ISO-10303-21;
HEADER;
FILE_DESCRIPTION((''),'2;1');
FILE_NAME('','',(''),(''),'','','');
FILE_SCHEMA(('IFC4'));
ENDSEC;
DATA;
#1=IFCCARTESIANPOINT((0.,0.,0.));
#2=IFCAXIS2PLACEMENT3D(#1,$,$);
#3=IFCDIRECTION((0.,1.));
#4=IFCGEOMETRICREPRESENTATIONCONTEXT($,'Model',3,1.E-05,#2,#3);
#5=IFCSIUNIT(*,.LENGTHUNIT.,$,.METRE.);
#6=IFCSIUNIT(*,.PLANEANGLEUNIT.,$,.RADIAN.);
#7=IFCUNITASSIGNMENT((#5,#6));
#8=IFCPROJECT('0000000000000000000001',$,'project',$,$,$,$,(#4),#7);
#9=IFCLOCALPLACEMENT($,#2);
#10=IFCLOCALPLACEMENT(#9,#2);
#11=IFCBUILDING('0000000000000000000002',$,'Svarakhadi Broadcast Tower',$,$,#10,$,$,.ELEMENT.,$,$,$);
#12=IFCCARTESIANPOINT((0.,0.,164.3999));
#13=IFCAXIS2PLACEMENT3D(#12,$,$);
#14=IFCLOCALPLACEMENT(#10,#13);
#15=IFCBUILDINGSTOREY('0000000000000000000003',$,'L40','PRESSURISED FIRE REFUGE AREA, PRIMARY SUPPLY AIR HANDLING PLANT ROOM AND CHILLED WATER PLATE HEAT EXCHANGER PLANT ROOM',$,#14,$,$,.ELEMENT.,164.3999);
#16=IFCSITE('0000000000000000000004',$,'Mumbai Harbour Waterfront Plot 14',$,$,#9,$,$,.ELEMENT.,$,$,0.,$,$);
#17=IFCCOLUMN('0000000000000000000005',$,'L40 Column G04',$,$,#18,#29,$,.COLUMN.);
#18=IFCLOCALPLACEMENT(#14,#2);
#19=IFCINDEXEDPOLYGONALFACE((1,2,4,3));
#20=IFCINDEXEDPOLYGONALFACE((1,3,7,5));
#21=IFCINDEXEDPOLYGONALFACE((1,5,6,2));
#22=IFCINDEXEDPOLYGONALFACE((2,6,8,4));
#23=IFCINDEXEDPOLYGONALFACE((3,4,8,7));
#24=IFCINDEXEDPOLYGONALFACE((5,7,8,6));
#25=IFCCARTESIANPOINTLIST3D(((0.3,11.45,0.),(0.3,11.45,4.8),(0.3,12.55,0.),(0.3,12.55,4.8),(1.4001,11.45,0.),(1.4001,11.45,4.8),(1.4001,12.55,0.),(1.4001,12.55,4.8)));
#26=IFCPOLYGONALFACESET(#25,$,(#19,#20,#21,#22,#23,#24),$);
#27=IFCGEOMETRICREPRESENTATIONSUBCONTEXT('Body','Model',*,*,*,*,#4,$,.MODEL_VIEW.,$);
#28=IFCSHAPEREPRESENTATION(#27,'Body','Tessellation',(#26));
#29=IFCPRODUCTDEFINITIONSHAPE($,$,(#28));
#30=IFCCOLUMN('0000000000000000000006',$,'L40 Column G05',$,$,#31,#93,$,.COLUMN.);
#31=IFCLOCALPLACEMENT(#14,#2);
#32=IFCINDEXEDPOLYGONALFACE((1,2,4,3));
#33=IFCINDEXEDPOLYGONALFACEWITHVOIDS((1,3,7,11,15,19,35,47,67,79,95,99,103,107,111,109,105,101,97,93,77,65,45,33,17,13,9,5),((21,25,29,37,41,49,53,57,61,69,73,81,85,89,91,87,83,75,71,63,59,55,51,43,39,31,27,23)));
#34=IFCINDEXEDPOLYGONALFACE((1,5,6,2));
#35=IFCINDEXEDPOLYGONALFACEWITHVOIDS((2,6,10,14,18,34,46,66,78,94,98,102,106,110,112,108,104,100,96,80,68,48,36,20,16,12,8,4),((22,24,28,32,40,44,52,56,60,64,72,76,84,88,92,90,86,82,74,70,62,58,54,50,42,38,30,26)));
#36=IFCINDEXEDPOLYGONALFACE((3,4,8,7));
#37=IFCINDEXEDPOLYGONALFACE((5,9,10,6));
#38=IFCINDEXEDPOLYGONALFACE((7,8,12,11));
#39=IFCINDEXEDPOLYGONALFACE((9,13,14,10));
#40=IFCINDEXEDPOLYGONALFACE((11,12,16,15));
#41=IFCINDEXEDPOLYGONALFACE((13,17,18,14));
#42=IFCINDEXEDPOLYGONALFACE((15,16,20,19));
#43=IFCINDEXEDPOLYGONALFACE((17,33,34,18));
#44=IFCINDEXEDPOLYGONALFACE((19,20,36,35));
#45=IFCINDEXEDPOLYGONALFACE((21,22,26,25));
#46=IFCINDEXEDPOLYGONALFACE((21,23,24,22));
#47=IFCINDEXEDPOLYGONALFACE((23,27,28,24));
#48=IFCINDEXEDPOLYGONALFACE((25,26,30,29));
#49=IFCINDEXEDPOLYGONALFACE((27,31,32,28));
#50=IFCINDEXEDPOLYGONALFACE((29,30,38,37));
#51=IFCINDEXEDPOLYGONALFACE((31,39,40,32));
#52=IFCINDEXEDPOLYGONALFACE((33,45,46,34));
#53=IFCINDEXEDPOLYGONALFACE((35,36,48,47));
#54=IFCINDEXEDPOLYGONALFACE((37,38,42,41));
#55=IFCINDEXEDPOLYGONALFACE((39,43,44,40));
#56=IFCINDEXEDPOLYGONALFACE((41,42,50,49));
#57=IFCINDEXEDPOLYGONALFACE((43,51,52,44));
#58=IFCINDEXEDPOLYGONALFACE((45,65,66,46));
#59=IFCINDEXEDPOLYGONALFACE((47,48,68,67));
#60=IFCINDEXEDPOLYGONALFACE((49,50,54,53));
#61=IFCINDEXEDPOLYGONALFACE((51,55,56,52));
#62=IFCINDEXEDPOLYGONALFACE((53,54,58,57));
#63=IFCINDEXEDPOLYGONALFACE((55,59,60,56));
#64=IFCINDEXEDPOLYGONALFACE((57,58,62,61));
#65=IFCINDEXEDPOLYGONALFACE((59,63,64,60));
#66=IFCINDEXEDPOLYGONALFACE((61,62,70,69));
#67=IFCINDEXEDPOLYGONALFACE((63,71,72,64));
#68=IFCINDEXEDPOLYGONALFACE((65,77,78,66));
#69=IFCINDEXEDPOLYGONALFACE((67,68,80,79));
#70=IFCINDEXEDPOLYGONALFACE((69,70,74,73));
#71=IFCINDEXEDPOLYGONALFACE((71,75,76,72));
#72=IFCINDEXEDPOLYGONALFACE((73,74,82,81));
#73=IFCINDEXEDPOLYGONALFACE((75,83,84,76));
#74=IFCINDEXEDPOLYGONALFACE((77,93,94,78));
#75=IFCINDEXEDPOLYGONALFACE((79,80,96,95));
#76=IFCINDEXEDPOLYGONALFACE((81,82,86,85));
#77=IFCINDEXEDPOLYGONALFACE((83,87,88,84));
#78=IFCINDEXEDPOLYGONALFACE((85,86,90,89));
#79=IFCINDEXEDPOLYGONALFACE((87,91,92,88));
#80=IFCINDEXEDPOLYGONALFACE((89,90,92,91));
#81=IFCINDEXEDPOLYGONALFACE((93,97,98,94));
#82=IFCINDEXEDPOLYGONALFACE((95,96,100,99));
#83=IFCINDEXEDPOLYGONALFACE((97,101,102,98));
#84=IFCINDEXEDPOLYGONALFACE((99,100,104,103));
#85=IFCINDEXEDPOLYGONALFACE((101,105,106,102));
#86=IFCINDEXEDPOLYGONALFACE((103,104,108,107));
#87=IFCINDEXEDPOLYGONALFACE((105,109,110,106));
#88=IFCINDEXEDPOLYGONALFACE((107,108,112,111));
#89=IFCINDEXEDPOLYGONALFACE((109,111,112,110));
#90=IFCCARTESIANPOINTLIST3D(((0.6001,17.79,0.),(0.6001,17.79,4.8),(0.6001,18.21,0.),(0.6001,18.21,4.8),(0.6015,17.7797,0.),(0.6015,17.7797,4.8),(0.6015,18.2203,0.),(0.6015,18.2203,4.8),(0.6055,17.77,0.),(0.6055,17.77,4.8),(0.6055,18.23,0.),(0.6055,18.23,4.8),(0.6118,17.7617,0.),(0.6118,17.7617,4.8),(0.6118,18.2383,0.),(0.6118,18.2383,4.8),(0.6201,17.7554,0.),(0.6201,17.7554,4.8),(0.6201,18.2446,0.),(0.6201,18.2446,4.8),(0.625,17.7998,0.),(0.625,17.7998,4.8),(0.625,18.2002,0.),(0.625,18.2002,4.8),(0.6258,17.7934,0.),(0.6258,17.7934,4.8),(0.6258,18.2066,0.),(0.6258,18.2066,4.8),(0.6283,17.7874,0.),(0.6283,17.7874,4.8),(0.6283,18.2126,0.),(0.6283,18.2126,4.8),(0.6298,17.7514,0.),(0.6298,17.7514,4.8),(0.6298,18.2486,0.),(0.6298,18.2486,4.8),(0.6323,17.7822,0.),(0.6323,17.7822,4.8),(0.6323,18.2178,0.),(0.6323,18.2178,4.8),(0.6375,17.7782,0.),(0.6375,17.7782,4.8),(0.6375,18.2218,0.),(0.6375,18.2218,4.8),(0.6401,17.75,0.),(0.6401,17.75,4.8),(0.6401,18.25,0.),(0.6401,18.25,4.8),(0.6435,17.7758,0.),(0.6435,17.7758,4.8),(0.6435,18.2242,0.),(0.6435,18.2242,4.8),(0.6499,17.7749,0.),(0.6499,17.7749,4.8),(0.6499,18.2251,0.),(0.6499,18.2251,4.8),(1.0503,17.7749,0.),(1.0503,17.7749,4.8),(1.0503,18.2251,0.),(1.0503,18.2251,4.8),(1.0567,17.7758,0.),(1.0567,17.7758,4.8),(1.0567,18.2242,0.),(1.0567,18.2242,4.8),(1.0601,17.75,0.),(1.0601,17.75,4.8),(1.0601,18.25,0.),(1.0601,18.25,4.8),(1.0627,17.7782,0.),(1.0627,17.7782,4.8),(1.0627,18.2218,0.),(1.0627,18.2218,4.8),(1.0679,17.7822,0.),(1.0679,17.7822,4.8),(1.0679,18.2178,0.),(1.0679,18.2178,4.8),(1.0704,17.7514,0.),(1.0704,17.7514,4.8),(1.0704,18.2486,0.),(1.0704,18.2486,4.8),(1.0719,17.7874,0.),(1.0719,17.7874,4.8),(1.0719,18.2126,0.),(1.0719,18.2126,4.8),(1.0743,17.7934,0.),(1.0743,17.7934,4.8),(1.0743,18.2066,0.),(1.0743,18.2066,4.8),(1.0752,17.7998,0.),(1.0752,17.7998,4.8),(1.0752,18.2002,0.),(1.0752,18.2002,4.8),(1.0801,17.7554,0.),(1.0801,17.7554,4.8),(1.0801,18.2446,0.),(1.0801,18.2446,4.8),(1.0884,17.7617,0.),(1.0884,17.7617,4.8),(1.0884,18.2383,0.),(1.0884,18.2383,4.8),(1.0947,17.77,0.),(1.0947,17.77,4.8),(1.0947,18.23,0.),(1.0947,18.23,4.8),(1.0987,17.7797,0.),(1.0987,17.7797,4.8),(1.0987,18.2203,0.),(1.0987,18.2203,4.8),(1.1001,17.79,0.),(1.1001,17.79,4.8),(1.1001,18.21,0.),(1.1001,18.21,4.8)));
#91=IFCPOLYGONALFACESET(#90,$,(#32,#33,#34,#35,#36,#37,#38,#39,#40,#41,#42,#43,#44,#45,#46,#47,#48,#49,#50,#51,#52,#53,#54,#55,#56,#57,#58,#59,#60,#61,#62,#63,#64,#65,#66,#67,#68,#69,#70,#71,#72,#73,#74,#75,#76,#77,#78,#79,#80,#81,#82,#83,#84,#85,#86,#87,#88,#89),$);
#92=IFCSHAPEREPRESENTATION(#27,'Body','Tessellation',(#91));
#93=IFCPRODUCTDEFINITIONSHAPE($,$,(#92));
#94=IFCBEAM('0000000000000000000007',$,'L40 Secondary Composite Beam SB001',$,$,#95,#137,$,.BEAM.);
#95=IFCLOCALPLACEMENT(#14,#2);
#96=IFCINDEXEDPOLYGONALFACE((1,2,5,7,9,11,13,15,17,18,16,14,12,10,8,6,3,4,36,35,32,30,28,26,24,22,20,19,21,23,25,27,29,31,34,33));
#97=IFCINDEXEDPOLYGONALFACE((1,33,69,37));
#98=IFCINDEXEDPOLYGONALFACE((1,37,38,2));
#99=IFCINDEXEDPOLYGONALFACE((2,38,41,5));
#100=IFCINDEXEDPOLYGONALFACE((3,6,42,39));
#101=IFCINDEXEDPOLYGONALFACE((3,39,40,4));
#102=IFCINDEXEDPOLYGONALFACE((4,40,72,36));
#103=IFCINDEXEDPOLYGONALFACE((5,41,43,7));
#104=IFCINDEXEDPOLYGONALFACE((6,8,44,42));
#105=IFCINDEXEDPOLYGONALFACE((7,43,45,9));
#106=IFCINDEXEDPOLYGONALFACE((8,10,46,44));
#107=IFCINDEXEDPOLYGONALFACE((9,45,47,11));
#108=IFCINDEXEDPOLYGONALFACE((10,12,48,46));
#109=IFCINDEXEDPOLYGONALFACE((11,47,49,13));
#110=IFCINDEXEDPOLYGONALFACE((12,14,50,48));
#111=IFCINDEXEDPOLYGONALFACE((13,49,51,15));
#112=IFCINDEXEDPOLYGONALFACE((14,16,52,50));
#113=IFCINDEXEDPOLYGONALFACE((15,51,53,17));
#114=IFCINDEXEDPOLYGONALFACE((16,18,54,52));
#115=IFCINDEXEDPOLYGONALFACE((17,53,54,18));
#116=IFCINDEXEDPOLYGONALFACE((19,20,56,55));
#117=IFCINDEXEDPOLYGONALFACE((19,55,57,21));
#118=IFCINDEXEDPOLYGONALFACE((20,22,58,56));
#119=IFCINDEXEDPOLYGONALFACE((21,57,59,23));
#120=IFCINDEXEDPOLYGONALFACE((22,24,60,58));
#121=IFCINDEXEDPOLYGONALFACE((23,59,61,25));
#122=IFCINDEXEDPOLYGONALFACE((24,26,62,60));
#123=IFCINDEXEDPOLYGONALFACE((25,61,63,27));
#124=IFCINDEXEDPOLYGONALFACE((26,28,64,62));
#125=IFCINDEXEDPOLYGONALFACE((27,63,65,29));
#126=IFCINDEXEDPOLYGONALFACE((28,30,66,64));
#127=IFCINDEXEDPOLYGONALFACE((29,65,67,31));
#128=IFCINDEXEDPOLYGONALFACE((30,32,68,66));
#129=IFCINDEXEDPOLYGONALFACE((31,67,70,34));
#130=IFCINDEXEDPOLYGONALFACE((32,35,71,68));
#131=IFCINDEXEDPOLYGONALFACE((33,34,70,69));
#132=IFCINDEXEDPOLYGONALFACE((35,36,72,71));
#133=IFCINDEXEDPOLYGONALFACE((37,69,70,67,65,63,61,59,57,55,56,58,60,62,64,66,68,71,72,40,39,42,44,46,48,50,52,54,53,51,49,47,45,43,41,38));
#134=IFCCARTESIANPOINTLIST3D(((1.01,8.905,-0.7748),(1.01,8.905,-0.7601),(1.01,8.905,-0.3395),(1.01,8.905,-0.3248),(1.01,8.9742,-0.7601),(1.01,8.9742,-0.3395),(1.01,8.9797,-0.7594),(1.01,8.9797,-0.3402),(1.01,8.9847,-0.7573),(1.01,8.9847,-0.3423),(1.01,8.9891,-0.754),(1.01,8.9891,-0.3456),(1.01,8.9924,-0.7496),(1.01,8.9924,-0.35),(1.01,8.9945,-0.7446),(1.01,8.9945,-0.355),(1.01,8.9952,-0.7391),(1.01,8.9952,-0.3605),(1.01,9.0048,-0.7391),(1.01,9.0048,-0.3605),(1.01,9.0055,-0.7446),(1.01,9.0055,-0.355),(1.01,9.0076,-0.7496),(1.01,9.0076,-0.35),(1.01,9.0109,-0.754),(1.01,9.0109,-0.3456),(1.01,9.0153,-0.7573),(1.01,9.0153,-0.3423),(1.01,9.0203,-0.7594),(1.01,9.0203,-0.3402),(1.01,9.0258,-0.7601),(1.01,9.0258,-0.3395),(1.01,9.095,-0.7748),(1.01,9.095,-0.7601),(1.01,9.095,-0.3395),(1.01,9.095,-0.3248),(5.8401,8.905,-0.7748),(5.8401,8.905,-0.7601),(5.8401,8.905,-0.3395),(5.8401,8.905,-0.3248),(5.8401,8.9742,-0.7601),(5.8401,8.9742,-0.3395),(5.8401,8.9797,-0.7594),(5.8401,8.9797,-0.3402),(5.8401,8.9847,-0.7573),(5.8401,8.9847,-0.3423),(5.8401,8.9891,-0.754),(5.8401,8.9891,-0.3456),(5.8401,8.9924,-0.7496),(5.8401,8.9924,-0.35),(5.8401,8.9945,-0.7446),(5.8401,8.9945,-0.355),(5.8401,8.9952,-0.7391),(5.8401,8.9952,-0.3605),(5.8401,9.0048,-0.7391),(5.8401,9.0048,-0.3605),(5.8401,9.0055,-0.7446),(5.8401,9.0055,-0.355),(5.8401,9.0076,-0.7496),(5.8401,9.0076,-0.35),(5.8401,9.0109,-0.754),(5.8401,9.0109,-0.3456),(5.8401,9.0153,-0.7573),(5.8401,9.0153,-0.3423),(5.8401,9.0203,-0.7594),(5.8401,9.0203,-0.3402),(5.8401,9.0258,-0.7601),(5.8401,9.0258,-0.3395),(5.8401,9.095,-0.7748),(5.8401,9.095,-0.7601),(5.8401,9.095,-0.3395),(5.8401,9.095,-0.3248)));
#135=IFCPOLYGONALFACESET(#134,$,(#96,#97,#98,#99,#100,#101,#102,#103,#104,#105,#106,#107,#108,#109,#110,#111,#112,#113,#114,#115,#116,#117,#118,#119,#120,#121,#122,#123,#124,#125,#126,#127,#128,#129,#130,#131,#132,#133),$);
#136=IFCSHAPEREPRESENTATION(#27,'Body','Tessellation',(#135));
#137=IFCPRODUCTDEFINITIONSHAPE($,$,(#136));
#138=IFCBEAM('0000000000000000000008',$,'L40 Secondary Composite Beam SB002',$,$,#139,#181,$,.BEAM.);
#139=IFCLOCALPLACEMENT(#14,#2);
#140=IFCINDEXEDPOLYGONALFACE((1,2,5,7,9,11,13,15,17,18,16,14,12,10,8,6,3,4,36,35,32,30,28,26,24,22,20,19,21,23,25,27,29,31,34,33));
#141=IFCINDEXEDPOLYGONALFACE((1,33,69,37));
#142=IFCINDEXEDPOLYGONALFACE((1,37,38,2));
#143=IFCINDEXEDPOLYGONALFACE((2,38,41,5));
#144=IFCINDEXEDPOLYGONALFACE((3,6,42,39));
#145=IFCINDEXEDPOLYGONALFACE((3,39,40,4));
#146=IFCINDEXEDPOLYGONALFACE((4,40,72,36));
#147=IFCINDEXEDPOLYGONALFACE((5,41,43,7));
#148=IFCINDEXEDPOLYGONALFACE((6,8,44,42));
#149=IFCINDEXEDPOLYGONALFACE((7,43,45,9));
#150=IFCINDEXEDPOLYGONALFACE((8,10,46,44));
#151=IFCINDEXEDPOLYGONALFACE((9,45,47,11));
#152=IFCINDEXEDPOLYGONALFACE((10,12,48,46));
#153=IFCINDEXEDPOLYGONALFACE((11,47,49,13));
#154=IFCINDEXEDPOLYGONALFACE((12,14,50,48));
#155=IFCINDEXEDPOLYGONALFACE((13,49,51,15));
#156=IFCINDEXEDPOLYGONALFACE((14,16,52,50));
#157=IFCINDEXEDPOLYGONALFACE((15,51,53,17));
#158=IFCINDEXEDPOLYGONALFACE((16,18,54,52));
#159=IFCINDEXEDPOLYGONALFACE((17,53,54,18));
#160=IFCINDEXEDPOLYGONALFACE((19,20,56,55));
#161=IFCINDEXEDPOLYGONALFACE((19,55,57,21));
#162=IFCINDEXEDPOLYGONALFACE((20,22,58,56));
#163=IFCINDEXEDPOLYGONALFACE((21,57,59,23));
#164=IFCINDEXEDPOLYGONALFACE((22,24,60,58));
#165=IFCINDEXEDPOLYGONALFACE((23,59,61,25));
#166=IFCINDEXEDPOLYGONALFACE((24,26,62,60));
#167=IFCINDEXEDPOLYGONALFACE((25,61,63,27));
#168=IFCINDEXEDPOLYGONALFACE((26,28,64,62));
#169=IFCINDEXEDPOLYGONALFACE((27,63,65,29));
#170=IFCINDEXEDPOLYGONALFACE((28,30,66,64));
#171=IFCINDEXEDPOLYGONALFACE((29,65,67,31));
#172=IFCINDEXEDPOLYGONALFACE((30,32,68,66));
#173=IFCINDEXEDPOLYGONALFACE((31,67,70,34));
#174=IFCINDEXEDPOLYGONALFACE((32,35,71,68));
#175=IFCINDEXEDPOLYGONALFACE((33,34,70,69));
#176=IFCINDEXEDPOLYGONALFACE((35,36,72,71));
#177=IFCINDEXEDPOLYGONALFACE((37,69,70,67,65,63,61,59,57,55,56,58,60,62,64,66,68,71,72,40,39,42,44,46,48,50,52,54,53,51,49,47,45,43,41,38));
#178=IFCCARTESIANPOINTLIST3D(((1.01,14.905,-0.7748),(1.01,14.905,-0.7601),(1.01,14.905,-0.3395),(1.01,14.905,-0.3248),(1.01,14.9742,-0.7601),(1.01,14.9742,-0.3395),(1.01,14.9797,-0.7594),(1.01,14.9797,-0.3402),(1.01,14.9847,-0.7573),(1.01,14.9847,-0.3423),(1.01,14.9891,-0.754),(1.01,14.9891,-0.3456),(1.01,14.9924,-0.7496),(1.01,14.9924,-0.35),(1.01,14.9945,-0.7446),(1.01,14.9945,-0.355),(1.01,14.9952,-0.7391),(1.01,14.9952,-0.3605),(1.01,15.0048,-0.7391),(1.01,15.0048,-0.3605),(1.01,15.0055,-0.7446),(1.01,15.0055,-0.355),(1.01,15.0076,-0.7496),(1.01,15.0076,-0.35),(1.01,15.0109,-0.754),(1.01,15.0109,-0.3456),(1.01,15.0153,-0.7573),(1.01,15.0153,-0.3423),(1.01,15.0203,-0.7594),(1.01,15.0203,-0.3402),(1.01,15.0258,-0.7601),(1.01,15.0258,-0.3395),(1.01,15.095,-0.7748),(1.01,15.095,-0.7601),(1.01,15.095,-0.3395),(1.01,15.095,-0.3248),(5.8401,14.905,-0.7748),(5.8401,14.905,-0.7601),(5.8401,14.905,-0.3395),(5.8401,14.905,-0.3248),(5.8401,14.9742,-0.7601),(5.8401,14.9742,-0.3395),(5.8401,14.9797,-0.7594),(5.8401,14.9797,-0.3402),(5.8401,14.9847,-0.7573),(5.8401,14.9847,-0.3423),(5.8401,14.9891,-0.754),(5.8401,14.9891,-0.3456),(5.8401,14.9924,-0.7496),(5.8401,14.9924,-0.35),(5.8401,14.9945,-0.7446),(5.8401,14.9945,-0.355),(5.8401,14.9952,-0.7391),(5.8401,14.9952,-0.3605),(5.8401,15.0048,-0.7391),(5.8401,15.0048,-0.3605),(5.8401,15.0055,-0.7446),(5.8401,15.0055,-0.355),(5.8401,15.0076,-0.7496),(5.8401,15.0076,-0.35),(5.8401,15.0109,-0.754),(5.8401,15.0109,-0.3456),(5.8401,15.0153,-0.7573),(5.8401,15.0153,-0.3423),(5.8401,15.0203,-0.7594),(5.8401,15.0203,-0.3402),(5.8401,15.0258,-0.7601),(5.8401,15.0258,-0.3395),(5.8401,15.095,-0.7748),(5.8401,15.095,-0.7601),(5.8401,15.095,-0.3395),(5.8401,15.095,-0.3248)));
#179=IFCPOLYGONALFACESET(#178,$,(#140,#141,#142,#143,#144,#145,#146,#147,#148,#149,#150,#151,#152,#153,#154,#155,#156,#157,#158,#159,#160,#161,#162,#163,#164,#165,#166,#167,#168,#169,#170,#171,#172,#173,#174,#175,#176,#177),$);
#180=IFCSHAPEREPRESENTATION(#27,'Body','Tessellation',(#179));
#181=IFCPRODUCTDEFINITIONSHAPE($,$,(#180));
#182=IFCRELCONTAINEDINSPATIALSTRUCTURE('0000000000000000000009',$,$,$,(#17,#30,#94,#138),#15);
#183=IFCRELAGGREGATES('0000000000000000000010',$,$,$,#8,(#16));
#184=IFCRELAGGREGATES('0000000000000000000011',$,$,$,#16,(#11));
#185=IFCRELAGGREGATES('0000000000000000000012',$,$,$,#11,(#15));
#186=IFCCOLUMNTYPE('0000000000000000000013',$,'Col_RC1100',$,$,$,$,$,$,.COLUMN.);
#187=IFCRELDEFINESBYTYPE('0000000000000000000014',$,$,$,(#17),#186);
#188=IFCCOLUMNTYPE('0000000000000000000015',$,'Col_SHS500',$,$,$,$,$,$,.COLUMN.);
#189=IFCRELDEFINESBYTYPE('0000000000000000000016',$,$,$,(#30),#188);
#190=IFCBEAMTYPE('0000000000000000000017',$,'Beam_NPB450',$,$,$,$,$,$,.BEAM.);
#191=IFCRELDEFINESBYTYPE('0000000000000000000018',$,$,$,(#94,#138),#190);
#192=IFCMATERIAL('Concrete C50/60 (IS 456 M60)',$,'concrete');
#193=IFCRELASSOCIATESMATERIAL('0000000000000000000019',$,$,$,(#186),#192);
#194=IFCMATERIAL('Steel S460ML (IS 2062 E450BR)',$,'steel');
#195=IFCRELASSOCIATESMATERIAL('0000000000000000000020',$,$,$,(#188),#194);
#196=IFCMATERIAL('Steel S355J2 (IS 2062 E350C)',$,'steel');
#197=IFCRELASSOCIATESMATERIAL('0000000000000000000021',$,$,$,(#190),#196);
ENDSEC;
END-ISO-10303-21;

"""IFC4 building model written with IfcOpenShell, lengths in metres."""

from ifc_helpers import new_model, si_unit, direction, frame, origin, origin_2d, place, context, subcontext, project, spatial, rectangle, hollow_rectangle, i_section, extrude, material, material_profile, profile_set, type_object, element, save


model = new_model("IFC4")

# Units and contexts
model_context = context("Model", 3, precision=1e-05, world=origin(), true_north=direction((0.0, 1.0)))
body_context = subcontext(model_context, "Body", "Model", "MODEL_VIEW")
ifc_project = project(units=[si_unit("LENGTHUNIT", "METRE"), si_unit("PLANEANGLEUNIT", "RADIAN")], contexts=[model_context])

# Site, building, storey
site_placement = place(None, origin())
site = spatial("IfcSite", under=ifc_project, at=site_placement, Name="Mumbai Harbour Waterfront Plot 14", CompositionType="ELEMENT", RefElevation=0.0)
building_placement = place(site_placement, origin())
building = spatial("IfcBuilding", under=site, at=building_placement, Name="Svarakhadi Broadcast Tower", CompositionType="ELEMENT")
storey_placement = place(building_placement, frame((0.0, 0.0, 164.3999)))
storey = spatial("IfcBuildingStorey", under=building, at=storey_placement, Name="L40", Description="PRESSURISED FIRE REFUGE AREA, PRIMARY SUPPLY AIR HANDLING PLANT ROOM AND CHILLED WATER PLATE HEAT EXCHANGER PLANT ROOM", CompositionType="ELEMENT", Elevation=164.3999)

# Columns
ifc_material_1 = material(Name="Concrete C50/60 (IS 456 M60)", Category="concrete")
ifc_material_profile_1 = material_profile(ifc_material_1, rectangle(XDim=1.1001, YDim=1.1001, at=origin_2d()), Name="RC 1100x1100")
ifc_profile_set_1 = profile_set([ifc_material_profile_1], Name="Concrete C50/60 (IS 456 M60)")
column_type_1 = type_object("IfcColumnType", Name="Col_RC1100", PredefinedType="COLUMN", material=ifc_profile_set_1)
column_1_placement = place(storey_placement, frame((0.8501, 12.0, 0.0), z_axis=(0.0, 0.0, 1.0), x_axis=(1.0, 0.0, 0.0)))
element("IfcColumn", 1, at=column_1_placement, inside=storey, type_object=column_type_1, Name="L40 Column G04", PredefinedType="COLUMN", context=body_context, shape_type="SweptSolid", body=[
    extrude(rectangle(XDim=1.1001, YDim=1.1001, at=origin_2d()), origin(), (0.0, 0.0, 1.0), 4.8),
])
ifc_material_2 = material(Name="Steel S460ML (IS 2062 E450BR)", Category="steel")
ifc_material_profile_2 = material_profile(ifc_material_2, hollow_rectangle(XDim=0.5, YDim=0.5, WallThickness=0.0249, InnerFilletRadius=0.0249, OuterFilletRadius=0.04, at=origin_2d()), Name="SHS 500x500x25")
ifc_profile_set_2 = profile_set([ifc_material_profile_2], Name="Steel S460ML (IS 2062 E450BR)")
column_type_2 = type_object("IfcColumnType", Name="Col_SHS500", PredefinedType="COLUMN", material=ifc_profile_set_2)
column_2_placement = place(storey_placement, frame((0.8501, 18.0, 0.0), z_axis=(0.0, 0.0, 1.0), x_axis=(1.0, 0.0, 0.0)))
element("IfcColumn", 2, at=column_2_placement, inside=storey, type_object=column_type_2, Name="L40 Column G05", PredefinedType="COLUMN", context=body_context, shape_type="SweptSolid", body=[
    extrude(hollow_rectangle(XDim=0.5, YDim=0.5, WallThickness=0.0249, InnerFilletRadius=0.0249, OuterFilletRadius=0.04, at=origin_2d()), origin(), (0.0, 0.0, 1.0), 4.8),
])

# Beams
ifc_material_3 = material(Name="Steel S355J2 (IS 2062 E350C)", Category="steel")
ifc_material_profile_3 = material_profile(ifc_material_3, i_section(OverallWidth=0.1899, OverallDepth=0.45, WebThickness=0.0095, FlangeThickness=0.0146, FilletRadius=0.021, at=origin_2d()), Name="NPB 450x190x78")
ifc_profile_set_3 = profile_set([ifc_material_profile_3], Name="Steel S355J2 (IS 2062 E350C)")
beam_type_1 = type_object("IfcBeamType", Name="Beam_NPB450", PredefinedType="BEAM", material=ifc_profile_set_3)
for number, where, z_axis, x_axis, name in (
    (3, (1.01, 9.0, -0.5498), (1.0, 0.0, 0.0), (0.0, 1.0, 0.0), "L40 Secondary Composite Beam SB001"),
    (4, (1.01, 15.0, -0.5498), (1.0, 0.0, 0.0), (0.0, 1.0, 0.0), "L40 Secondary Composite Beam SB002"),
):
    element("IfcBeam", number, at=place(storey_placement, frame(where, z_axis=z_axis, x_axis=x_axis)), inside=storey, type_object=beam_type_1, Name=name, PredefinedType="BEAM", context=body_context, shape_type="SweptSolid", body=[
        extrude(i_section(OverallWidth=0.1899, OverallDepth=0.45, WebThickness=0.0095, FlangeThickness=0.0146, FilletRadius=0.021, at=origin_2d()), origin(), (0.0, 0.0, 1.0), 4.8301),
    ])

save(model, "model.ifc")
